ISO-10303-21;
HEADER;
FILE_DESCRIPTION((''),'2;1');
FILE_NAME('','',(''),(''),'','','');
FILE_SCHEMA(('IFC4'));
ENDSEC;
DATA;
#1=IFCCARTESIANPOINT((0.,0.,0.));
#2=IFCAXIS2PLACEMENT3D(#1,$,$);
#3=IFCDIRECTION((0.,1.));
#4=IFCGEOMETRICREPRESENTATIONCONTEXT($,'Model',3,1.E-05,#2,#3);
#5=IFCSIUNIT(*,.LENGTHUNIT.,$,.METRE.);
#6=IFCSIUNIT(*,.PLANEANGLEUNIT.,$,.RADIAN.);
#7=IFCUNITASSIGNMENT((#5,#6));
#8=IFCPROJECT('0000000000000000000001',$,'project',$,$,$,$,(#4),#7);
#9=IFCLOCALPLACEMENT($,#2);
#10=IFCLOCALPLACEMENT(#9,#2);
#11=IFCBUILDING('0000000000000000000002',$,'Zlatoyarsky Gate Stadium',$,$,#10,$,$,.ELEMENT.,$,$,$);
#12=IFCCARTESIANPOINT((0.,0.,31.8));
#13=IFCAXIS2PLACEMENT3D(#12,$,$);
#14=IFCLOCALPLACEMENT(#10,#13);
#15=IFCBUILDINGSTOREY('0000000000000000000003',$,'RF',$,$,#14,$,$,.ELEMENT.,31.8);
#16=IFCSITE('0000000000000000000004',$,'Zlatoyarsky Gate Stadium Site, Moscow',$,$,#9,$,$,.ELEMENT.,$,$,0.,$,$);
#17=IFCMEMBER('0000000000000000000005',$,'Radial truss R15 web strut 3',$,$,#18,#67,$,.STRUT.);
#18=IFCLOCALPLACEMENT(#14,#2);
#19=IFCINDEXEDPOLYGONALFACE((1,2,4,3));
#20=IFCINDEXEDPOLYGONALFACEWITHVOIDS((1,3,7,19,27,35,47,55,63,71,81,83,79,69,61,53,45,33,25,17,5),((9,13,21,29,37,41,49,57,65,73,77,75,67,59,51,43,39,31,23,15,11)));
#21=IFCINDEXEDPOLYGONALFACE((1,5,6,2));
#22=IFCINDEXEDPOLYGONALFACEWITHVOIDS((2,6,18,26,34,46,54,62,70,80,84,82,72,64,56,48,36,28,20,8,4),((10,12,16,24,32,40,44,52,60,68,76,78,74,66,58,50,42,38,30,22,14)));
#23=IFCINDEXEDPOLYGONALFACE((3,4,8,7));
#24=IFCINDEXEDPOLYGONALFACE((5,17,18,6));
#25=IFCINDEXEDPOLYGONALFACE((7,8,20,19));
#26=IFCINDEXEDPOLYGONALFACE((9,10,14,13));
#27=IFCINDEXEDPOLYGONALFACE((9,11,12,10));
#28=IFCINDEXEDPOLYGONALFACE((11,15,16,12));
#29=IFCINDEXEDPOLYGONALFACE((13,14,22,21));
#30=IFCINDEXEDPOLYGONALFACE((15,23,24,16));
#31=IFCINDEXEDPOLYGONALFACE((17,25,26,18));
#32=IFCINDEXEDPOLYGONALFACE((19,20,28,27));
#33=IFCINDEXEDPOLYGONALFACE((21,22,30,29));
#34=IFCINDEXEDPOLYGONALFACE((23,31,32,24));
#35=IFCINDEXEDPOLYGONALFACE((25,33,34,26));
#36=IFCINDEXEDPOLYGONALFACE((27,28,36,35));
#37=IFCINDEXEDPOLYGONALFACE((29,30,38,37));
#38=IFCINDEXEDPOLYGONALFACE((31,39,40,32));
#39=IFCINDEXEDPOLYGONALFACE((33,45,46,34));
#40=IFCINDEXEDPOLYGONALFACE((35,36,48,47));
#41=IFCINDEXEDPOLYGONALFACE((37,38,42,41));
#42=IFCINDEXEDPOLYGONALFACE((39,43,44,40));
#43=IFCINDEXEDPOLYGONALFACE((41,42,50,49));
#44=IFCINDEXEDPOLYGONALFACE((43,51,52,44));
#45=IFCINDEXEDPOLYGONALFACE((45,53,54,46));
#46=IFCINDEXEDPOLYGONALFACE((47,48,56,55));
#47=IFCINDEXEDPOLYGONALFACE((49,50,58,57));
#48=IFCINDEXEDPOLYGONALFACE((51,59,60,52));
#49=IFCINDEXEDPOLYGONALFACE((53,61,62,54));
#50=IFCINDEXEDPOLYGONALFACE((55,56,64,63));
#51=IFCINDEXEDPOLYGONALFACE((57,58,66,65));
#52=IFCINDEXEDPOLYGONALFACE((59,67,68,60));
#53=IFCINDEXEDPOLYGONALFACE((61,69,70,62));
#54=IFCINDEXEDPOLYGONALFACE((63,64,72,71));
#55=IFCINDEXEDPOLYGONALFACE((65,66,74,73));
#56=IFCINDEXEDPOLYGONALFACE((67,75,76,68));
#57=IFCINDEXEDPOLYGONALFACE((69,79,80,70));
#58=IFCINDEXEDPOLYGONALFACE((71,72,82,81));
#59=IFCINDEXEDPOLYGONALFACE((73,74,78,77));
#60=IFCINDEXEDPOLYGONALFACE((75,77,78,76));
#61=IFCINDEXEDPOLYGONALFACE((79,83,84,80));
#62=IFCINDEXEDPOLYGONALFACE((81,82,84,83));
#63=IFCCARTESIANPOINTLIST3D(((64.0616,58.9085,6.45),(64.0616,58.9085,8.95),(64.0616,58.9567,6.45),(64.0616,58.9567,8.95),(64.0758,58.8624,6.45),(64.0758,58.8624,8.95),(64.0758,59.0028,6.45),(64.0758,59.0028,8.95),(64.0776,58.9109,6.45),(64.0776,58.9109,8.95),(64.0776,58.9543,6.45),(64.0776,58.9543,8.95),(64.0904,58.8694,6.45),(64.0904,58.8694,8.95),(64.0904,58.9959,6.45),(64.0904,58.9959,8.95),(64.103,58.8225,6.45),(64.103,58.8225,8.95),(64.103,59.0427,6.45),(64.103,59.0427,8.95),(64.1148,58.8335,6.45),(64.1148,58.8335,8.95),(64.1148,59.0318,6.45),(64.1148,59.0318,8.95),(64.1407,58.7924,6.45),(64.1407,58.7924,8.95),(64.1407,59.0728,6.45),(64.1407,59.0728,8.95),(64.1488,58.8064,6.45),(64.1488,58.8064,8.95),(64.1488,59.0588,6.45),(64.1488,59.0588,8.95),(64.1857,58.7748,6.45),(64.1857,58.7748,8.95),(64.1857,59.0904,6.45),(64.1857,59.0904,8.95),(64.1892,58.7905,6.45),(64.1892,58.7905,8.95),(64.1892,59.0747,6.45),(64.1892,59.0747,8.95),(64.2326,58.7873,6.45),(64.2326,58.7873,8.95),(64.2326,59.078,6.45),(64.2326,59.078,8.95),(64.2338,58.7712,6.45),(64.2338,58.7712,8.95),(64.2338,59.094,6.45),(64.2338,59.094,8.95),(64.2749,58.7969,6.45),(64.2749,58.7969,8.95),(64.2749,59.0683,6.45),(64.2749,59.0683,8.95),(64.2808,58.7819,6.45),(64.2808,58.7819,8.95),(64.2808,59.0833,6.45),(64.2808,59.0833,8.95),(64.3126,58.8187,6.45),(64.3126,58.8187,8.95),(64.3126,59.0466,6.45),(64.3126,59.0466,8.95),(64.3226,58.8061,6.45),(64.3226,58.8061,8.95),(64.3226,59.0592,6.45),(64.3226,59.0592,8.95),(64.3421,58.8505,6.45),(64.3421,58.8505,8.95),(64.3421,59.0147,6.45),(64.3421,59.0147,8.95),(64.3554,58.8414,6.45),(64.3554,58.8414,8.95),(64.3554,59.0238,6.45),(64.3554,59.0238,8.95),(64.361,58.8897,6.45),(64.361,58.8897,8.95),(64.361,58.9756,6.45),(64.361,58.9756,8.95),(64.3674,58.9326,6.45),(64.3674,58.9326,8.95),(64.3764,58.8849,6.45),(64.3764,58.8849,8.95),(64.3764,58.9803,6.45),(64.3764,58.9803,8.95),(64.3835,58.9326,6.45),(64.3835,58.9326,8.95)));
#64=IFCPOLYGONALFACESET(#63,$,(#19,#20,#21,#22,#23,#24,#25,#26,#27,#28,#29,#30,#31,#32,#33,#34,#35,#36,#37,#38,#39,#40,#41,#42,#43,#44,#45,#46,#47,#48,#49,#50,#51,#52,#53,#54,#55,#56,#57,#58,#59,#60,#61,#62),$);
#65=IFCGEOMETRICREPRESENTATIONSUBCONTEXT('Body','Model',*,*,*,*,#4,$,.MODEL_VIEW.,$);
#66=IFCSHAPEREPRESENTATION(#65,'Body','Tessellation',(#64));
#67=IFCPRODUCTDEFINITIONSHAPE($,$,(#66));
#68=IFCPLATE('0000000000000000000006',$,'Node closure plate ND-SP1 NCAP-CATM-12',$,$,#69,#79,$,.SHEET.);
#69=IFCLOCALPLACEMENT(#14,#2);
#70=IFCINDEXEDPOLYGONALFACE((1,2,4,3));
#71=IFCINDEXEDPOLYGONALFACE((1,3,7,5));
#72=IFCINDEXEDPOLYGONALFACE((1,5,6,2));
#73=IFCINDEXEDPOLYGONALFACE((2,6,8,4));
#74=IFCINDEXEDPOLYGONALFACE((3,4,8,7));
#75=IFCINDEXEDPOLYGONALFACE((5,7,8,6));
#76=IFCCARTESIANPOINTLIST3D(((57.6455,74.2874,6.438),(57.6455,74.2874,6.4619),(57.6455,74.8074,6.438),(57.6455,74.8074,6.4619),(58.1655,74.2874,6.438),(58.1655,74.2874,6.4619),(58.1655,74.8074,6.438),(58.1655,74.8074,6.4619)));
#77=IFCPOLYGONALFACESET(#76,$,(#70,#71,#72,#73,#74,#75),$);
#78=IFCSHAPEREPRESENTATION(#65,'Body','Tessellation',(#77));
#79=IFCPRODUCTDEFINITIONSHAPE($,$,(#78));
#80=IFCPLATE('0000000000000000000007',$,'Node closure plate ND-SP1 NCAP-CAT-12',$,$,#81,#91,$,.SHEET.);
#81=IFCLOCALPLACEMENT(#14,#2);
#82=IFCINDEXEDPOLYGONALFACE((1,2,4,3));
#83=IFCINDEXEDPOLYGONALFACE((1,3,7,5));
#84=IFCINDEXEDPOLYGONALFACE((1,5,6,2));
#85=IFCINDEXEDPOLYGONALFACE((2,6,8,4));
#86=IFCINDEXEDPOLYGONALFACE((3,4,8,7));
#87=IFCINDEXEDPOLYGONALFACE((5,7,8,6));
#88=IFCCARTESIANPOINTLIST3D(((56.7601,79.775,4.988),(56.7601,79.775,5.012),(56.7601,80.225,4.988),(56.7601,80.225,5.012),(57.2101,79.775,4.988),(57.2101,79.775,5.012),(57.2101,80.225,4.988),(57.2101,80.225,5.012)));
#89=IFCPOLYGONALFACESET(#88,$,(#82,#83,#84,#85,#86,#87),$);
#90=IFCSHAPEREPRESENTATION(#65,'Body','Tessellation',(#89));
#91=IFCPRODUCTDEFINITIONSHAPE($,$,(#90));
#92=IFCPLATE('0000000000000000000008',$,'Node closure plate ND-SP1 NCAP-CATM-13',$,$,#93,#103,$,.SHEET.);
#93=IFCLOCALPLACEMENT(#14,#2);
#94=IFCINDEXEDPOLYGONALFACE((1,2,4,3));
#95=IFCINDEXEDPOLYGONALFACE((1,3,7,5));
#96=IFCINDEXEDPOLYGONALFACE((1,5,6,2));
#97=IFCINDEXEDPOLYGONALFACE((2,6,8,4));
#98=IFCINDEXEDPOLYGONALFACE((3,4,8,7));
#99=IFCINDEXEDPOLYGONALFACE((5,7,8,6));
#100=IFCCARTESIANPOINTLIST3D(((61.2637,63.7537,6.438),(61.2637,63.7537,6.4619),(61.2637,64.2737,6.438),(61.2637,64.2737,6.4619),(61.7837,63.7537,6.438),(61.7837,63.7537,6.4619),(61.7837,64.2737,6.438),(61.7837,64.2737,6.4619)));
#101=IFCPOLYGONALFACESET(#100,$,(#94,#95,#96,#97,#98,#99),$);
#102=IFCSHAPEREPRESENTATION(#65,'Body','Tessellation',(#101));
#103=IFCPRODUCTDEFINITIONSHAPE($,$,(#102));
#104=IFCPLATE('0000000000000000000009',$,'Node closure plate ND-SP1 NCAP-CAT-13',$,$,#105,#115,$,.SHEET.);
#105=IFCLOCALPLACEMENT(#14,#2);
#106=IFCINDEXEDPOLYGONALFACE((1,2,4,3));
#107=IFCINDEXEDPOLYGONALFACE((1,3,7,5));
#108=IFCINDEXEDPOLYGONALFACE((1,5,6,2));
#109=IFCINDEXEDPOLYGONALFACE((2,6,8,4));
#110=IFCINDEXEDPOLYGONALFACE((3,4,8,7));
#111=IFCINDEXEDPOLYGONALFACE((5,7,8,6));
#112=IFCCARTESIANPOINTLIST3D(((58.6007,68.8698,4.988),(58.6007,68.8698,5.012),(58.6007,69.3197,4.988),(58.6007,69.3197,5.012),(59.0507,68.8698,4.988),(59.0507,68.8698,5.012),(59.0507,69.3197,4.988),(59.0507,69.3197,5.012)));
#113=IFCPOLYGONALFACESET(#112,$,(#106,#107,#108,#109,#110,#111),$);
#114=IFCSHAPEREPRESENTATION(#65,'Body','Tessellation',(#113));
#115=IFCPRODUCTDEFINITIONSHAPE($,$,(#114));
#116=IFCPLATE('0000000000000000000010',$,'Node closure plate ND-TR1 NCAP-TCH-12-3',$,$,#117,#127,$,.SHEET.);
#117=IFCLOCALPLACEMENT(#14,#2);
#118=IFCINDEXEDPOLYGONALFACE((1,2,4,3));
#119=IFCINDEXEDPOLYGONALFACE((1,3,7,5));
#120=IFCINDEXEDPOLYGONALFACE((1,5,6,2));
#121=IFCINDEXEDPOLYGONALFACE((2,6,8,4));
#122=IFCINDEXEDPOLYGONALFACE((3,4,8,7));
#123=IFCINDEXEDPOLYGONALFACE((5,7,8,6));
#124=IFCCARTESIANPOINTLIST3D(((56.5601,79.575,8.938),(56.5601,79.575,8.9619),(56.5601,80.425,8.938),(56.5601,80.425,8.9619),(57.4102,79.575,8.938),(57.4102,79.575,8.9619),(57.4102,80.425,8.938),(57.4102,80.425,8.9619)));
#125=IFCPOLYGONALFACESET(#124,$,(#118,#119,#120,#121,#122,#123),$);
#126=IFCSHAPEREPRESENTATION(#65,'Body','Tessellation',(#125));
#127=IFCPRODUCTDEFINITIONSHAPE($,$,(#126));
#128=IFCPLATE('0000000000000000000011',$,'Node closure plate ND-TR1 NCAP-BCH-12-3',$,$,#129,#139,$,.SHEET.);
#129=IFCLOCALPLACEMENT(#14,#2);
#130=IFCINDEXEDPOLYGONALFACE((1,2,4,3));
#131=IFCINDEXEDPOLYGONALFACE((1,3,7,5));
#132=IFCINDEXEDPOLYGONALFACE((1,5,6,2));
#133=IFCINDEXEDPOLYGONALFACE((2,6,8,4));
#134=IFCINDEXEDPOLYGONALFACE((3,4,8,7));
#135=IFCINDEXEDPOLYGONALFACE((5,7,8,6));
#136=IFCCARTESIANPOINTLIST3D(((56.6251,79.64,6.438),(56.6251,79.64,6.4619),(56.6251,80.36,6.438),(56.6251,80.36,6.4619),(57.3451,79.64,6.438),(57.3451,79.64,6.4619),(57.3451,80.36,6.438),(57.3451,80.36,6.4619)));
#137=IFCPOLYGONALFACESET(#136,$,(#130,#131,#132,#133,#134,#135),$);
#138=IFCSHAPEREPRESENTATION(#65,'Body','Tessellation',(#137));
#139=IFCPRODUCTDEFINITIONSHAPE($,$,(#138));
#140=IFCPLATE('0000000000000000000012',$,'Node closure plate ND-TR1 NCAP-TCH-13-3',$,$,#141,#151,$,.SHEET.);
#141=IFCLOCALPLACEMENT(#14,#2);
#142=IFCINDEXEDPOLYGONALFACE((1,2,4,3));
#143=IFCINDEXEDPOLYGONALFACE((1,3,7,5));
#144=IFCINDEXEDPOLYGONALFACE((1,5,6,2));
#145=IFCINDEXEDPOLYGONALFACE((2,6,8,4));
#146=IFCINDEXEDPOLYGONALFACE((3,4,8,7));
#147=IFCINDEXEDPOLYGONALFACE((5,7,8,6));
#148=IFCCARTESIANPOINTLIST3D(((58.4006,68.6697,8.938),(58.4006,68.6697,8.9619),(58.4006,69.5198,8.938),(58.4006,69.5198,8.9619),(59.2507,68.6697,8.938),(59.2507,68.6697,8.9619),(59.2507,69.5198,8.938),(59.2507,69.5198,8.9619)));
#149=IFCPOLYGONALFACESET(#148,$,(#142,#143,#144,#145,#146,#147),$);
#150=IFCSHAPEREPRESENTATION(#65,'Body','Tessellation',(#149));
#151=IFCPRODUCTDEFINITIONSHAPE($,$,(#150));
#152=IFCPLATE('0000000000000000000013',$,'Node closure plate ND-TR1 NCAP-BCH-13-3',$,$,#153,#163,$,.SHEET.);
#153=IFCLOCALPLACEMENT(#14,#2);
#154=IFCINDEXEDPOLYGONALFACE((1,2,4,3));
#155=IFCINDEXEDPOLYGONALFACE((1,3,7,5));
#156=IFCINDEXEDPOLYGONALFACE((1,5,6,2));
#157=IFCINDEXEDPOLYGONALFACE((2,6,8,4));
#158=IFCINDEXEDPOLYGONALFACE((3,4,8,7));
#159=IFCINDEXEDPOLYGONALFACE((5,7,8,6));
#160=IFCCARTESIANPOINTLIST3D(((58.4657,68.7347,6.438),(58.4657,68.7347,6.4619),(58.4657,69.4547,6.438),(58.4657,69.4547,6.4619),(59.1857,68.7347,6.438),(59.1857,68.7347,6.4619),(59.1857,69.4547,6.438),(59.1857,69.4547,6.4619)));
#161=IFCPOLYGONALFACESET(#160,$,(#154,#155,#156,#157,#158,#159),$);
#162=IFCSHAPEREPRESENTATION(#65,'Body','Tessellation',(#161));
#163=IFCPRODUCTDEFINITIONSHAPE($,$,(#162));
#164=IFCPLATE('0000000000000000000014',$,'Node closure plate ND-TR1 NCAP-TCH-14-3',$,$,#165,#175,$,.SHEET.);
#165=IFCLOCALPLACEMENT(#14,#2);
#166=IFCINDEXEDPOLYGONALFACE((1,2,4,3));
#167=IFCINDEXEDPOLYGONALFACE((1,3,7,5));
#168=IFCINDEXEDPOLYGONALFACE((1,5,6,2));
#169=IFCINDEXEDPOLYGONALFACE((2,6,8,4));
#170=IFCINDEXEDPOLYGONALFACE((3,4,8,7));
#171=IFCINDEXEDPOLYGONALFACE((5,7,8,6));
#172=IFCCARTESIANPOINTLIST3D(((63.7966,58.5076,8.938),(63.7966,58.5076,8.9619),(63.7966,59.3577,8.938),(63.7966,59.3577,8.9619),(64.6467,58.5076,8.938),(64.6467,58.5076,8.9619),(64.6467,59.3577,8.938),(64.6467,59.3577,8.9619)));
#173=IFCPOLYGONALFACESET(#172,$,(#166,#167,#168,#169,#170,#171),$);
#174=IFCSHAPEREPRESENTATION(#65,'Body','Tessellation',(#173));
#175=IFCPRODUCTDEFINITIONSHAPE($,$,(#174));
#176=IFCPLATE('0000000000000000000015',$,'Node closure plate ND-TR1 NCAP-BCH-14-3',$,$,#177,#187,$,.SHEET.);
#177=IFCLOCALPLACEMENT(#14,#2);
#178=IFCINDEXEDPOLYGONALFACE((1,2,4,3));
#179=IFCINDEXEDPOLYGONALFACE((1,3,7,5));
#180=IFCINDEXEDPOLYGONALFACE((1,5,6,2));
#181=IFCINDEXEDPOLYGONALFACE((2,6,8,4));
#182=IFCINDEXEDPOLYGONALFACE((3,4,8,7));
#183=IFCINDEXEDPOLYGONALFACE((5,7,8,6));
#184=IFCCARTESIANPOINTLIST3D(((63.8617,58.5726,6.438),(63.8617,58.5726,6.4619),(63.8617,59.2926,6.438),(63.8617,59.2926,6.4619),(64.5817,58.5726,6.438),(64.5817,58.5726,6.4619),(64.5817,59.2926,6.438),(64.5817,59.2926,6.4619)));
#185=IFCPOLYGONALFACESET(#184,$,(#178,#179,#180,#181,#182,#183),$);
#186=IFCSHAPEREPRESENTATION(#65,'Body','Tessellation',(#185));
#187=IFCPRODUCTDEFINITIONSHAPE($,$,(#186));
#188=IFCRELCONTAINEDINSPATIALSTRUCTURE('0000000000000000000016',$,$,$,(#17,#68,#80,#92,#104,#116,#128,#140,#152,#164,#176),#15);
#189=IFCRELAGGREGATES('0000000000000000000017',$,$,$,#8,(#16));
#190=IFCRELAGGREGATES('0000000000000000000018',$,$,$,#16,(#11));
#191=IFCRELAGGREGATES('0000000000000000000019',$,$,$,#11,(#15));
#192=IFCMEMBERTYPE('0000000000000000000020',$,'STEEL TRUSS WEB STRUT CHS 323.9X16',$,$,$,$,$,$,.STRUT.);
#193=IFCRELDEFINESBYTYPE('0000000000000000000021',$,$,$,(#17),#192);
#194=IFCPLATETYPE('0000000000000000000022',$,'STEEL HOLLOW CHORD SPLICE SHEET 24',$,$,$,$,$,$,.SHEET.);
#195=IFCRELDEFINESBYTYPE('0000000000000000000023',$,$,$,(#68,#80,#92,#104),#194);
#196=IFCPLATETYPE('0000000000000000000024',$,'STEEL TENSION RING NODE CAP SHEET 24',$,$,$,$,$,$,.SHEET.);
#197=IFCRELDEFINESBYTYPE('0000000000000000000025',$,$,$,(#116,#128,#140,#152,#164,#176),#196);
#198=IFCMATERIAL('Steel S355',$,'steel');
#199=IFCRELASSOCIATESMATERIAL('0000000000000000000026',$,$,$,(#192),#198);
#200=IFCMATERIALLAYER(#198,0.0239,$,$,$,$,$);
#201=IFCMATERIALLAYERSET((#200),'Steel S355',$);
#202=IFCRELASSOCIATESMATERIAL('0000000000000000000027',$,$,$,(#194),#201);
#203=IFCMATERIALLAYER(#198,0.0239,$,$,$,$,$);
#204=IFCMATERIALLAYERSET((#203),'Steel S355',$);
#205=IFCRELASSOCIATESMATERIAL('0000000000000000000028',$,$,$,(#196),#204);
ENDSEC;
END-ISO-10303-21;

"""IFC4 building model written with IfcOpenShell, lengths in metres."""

from ifc_helpers import new_model, si_unit, direction, frame, origin, origin_2d, place, context, subcontext, project, spatial, rectangle, hollow_circle, extrude, material, layer, layer_set, material_profile, profile_set, type_object, element, save


model = new_model("IFC4")

# Units and contexts
model_context = context("Model", 3, precision=1e-05, world=origin(), true_north=direction((0.0, 1.0)))
body_context = subcontext(model_context, "Body", "Model", "MODEL_VIEW")
ifc_project = project(units=[si_unit("LENGTHUNIT", "METRE"), si_unit("PLANEANGLEUNIT", "RADIAN")], contexts=[model_context])

# Site, building, storey
site_placement = place(None, origin())
site = spatial("IfcSite", under=ifc_project, at=site_placement, Name="Zlatoyarsky Gate Stadium Site, Moscow", CompositionType="ELEMENT", RefElevation=0.0)
building_placement = place(site_placement, origin())
building = spatial("IfcBuilding", under=site, at=building_placement, Name="Zlatoyarsky Gate Stadium", CompositionType="ELEMENT")
storey_placement = place(building_placement, frame((0.0, 0.0, 31.8)))
storey = spatial("IfcBuildingStorey", under=building, at=storey_placement, Name="RF", CompositionType="ELEMENT", Elevation=31.8)

# Shared definitions
ifc_material = material(Name="Steel S355", Category="steel")

# Member
ifc_material_profile_1 = material_profile(ifc_material, hollow_circle(Radius=0.1619, WallThickness=0.0161, at=origin_2d()), Name="CHS 323.9X16")
ifc_profile_set_1 = profile_set([ifc_material_profile_1], Name="Steel S355")
member_type_1 = type_object("IfcMemberType", Name="STEEL TRUSS WEB STRUT CHS 323.9X16", PredefinedType="STRUT", material=ifc_profile_set_1)
member_1_placement = place(storey_placement, frame((64.2217, 58.9326, 6.45), z_axis=(0.0, 0.0, 1.0), x_axis=(1.0, 0.0, 0.0)))
element("IfcMember", 1, at=member_1_placement, inside=storey, type_object=member_type_1, Name="Radial truss R15 web strut 3", PredefinedType="STRUT", context=body_context, shape_type="SweptSolid", body=[
    extrude(hollow_circle(Radius=0.1619, WallThickness=0.0161, at=origin_2d()), origin(), (0.0, 0.0, 1.0), 2.5),
])

# Plates
ifc_layer_1 = layer(ifc_material, 0.0239)
ifc_layer_set_1 = layer_set([ifc_layer_1], Name="Steel S355")
plate_type_1 = type_object("IfcPlateType", Name="STEEL HOLLOW CHORD SPLICE SHEET 24", PredefinedType="SHEET", material=ifc_layer_set_1)
plate_1_placement = place(storey_placement, frame((57.9055, 74.5474, 6.438), z_axis=(0.0, 0.0, 1.0), x_axis=(1.0, 0.0, 0.0)))
element("IfcPlate", 2, at=plate_1_placement, inside=storey, type_object=plate_type_1, Name="Node closure plate ND-SP1 NCAP-CATM-12", PredefinedType="SHEET", context=body_context, shape_type="SweptSolid", body=[
    extrude(rectangle(XDim=0.52, YDim=0.52, at=origin_2d()), origin(), (0.0, 0.0, 1.0), 0.0239),
])
plate_2_placement = place(storey_placement, frame((56.9851, 80.0, 4.988), z_axis=(0.0, 0.0, 1.0), x_axis=(1.0, 0.0, 0.0)))
element("IfcPlate", 3, at=plate_2_placement, inside=storey, type_object=plate_type_1, Name="Node closure plate ND-SP1 NCAP-CAT-12", PredefinedType="SHEET", context=body_context, shape_type="SweptSolid", body=[
    extrude(rectangle(XDim=0.45, YDim=0.45, at=origin_2d()), origin(), (0.0, 0.0, 1.0), 0.0239),
])
plate_3_placement = place(storey_placement, frame((61.5237, 64.0137, 6.438), z_axis=(0.0, 0.0, 1.0), x_axis=(1.0, 0.0, 0.0)))
element("IfcPlate", 4, at=plate_3_placement, inside=storey, type_object=plate_type_1, Name="Node closure plate ND-SP1 NCAP-CATM-13", PredefinedType="SHEET", context=body_context, shape_type="SweptSolid", body=[
    extrude(rectangle(XDim=0.52, YDim=0.52, at=origin_2d()), origin(), (0.0, 0.0, 1.0), 0.0239),
])
plate_4_placement = place(storey_placement, frame((58.8257, 69.0947, 4.988), z_axis=(0.0, 0.0, 1.0), x_axis=(1.0, 0.0, 0.0)))
element("IfcPlate", 5, at=plate_4_placement, inside=storey, type_object=plate_type_1, Name="Node closure plate ND-SP1 NCAP-CAT-13", PredefinedType="SHEET", context=body_context, shape_type="SweptSolid", body=[
    extrude(rectangle(XDim=0.45, YDim=0.45, at=origin_2d()), origin(), (0.0, 0.0, 1.0), 0.0239),
])
ifc_layer_2 = layer(ifc_material, 0.0239)
ifc_layer_set_2 = layer_set([ifc_layer_2], Name="Steel S355")
plate_type_2 = type_object("IfcPlateType", Name="STEEL TENSION RING NODE CAP SHEET 24", PredefinedType="SHEET", material=ifc_layer_set_2)
plate_5_placement = place(storey_placement, frame((56.9851, 80.0, 8.938), z_axis=(0.0, 0.0, 1.0), x_axis=(1.0, 0.0, 0.0)))
element("IfcPlate", 6, at=plate_5_placement, inside=storey, type_object=plate_type_2, Name="Node closure plate ND-TR1 NCAP-TCH-12-3", PredefinedType="SHEET", context=body_context, shape_type="SweptSolid", body=[
    extrude(rectangle(XDim=0.8501, YDim=0.8501, at=origin_2d()), origin(), (0.0, 0.0, 1.0), 0.0239),
])
plate_6_placement = place(storey_placement, frame((56.9851, 80.0, 6.438), z_axis=(0.0, 0.0, 1.0), x_axis=(1.0, 0.0, 0.0)))
element("IfcPlate", 7, at=plate_6_placement, inside=storey, type_object=plate_type_2, Name="Node closure plate ND-TR1 NCAP-BCH-12-3", PredefinedType="SHEET", context=body_context, shape_type="SweptSolid", body=[
    extrude(rectangle(XDim=0.72, YDim=0.72, at=origin_2d()), origin(), (0.0, 0.0, 1.0), 0.0239),
])
plate_7_placement = place(storey_placement, frame((58.8257, 69.0947, 8.938), z_axis=(0.0, 0.0, 1.0), x_axis=(1.0, 0.0, 0.0)))
element("IfcPlate", 8, at=plate_7_placement, inside=storey, type_object=plate_type_2, Name="Node closure plate ND-TR1 NCAP-TCH-13-3", PredefinedType="SHEET", context=body_context, shape_type="SweptSolid", body=[
    extrude(rectangle(XDim=0.8501, YDim=0.8501, at=origin_2d()), origin(), (0.0, 0.0, 1.0), 0.0239),
])
plate_8_placement = place(storey_placement, frame((58.8257, 69.0947, 6.438), z_axis=(0.0, 0.0, 1.0), x_axis=(1.0, 0.0, 0.0)))
element("IfcPlate", 9, at=plate_8_placement, inside=storey, type_object=plate_type_2, Name="Node closure plate ND-TR1 NCAP-BCH-13-3", PredefinedType="SHEET", context=body_context, shape_type="SweptSolid", body=[
    extrude(rectangle(XDim=0.72, YDim=0.72, at=origin_2d()), origin(), (0.0, 0.0, 1.0), 0.0239),
])
plate_9_placement = place(storey_placement, frame((64.2217, 58.9326, 8.938), z_axis=(0.0, 0.0, 1.0), x_axis=(1.0, 0.0, 0.0)))
element("IfcPlate", 10, at=plate_9_placement, inside=storey, type_object=plate_type_2, Name="Node closure plate ND-TR1 NCAP-TCH-14-3", PredefinedType="SHEET", context=body_context, shape_type="SweptSolid", body=[
    extrude(rectangle(XDim=0.8501, YDim=0.8501, at=origin_2d()), origin(), (0.0, 0.0, 1.0), 0.0239),
])
plate_10_placement = place(storey_placement, frame((64.2217, 58.9326, 6.438), z_axis=(0.0, 0.0, 1.0), x_axis=(1.0, 0.0, 0.0)))
element("IfcPlate", 11, at=plate_10_placement, inside=storey, type_object=plate_type_2, Name="Node closure plate ND-TR1 NCAP-BCH-14-3", PredefinedType="SHEET", context=body_context, shape_type="SweptSolid", body=[
    extrude(rectangle(XDim=0.72, YDim=0.72, at=origin_2d()), origin(), (0.0, 0.0, 1.0), 0.0239),
])

save(model, "model.ifc")
